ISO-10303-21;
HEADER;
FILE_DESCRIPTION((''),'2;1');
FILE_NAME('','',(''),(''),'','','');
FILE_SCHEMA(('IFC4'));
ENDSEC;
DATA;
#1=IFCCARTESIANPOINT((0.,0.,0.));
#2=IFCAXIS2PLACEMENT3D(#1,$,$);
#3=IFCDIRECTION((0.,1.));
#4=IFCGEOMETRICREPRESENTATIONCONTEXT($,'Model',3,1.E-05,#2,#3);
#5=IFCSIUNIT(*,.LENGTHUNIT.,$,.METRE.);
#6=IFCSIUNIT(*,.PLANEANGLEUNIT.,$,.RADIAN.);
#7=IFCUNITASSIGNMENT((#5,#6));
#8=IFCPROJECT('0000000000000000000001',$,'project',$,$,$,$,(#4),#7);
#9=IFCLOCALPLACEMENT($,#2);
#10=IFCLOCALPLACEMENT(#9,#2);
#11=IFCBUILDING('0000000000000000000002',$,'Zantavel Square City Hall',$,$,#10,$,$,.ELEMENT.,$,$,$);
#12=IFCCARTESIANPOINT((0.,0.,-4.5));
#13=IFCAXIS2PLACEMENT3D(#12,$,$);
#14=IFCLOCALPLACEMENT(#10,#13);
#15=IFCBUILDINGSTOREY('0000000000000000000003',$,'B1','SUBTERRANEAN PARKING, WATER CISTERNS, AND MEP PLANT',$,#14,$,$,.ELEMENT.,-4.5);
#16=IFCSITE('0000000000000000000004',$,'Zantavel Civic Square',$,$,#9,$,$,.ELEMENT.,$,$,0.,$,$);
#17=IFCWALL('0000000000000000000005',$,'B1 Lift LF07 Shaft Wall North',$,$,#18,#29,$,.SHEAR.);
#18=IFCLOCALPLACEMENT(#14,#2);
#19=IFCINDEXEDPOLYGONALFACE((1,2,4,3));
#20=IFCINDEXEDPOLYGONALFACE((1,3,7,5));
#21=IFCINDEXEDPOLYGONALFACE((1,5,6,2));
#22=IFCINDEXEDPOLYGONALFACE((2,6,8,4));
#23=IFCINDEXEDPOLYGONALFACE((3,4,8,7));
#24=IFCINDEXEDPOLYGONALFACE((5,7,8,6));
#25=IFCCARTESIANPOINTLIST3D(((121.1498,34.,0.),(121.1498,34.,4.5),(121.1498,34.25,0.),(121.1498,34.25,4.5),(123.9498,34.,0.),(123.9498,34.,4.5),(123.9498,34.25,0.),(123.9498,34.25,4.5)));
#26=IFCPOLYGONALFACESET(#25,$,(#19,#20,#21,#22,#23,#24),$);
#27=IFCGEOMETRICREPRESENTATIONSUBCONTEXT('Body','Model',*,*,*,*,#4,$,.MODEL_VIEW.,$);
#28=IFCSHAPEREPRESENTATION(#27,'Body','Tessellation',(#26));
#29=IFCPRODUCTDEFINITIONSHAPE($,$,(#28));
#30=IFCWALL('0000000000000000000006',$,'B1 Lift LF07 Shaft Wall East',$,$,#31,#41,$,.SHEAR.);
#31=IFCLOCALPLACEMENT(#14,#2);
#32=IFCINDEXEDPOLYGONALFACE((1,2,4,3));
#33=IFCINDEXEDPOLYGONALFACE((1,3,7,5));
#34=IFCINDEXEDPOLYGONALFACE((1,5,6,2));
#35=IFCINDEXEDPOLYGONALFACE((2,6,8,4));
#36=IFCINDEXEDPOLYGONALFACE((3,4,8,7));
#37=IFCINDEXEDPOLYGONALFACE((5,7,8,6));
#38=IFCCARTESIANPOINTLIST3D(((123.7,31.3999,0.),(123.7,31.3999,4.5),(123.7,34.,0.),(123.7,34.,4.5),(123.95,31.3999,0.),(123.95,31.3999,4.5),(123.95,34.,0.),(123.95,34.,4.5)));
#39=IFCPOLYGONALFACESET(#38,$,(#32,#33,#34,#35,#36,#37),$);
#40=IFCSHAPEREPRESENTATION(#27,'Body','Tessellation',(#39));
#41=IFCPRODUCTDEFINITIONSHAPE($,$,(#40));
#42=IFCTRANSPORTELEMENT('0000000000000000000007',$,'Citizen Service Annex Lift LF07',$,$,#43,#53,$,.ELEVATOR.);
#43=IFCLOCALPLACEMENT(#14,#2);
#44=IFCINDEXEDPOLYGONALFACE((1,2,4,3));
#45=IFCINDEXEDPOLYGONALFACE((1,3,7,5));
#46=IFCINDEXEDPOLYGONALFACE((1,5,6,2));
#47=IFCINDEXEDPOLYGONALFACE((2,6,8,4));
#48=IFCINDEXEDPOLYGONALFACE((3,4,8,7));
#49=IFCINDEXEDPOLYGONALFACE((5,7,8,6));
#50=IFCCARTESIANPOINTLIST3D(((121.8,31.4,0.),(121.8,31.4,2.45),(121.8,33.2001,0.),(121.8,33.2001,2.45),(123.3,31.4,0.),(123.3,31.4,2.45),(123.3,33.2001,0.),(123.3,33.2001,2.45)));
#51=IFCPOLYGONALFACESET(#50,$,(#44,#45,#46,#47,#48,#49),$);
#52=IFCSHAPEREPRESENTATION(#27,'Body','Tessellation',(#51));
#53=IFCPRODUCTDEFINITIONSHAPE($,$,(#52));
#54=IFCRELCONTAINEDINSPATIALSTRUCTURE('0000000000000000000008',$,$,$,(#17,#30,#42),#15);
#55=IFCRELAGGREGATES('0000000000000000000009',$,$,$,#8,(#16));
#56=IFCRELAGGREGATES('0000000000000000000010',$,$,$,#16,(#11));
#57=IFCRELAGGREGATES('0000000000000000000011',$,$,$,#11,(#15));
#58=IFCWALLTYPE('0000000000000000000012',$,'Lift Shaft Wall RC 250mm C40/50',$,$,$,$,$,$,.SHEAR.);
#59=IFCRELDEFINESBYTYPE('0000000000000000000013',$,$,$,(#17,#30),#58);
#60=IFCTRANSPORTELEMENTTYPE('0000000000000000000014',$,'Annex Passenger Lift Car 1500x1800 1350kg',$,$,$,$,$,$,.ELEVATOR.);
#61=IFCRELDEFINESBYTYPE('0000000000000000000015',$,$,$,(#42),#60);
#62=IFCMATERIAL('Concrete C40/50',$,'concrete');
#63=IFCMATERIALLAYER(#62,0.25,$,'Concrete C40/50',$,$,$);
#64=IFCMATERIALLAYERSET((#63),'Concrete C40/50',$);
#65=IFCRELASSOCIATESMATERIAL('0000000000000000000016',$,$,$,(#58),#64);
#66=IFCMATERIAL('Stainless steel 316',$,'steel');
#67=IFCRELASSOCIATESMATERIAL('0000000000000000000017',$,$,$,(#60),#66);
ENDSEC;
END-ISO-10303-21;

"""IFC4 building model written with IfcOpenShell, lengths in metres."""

from ifc_helpers import new_model, si_unit, direction, frame, frame_2d, origin, origin_2d, place, context, subcontext, project, spatial, rectangle, extrude, material, layer, layer_set, type_object, element, save


model = new_model("IFC4")

# Units and contexts
model_context = context("Model", 3, precision=1e-05, world=origin(), true_north=direction((0.0, 1.0)))
body_context = subcontext(model_context, "Body", "Model", "MODEL_VIEW")
ifc_project = project(units=[si_unit("LENGTHUNIT", "METRE"), si_unit("PLANEANGLEUNIT", "RADIAN")], contexts=[model_context])

# Site, building, storey
site_placement = place(None, origin())
site = spatial("IfcSite", under=ifc_project, at=site_placement, Name="Zantavel Civic Square", CompositionType="ELEMENT", RefElevation=0.0)
building_placement = place(site_placement, origin())
building = spatial("IfcBuilding", under=site, at=building_placement, Name="Zantavel Square City Hall", CompositionType="ELEMENT")
storey_placement = place(building_placement, frame((0.0, 0.0, -4.5)))
storey = spatial("IfcBuildingStorey", under=building, at=storey_placement, Name="B1", Description="SUBTERRANEAN PARKING, WATER CISTERNS, AND MEP PLANT", CompositionType="ELEMENT", Elevation=-4.5)

# Shared definitions
ifc_material_1 = material(Name="Concrete C40/50", Category="concrete")

# Walls
ifc_layer_1 = layer(ifc_material_1, 0.25, Name="Concrete C40/50")
ifc_layer_set_1 = layer_set([ifc_layer_1], Name="Concrete C40/50")
wall_type_1 = type_object("IfcWallType", Name="Lift Shaft Wall RC 250mm C40/50", PredefinedType="SHEAR", material=ifc_layer_set_1)
wall_1_placement = place(storey_placement, frame((121.1499, 34.125, 0.0), z_axis=(0.0, 0.0, 1.0), x_axis=(1.0, 0.0, 0.0)))
element("IfcWall", 1, at=wall_1_placement, inside=storey, type_object=wall_type_1, Name="B1 Lift LF07 Shaft Wall North", PredefinedType="SHEAR", context=body_context, shape_type="SweptSolid", body=[
    extrude(rectangle(XDim=2.8, YDim=0.25, at=frame_2d((1.3999, 0.0))), origin(), (0.0, 0.0, 1.0), 4.5),
])
wall_2_placement = place(storey_placement, frame((123.825, 34.0, 0.0), z_axis=(0.0, 0.0, 1.0), x_axis=(0.0, -1.0, 0.0)))
element("IfcWall", 2, at=wall_2_placement, inside=storey, type_object=wall_type_1, Name="B1 Lift LF07 Shaft Wall East", PredefinedType="SHEAR", context=body_context, shape_type="SweptSolid", body=[
    extrude(rectangle(XDim=2.6001, YDim=0.25, at=frame_2d((1.3, 0.0))), origin(), (0.0, 0.0, 1.0), 4.5),
])

# Transport element
ifc_material_2 = material(Name="Stainless steel 316", Category="steel")
transport_element_type = type_object("IfcTransportElementType", Name="Annex Passenger Lift Car 1500x1800 1350kg", PredefinedType="ELEVATOR", material=ifc_material_2)
transport_element_placement = place(storey_placement, frame((122.55, 32.3, 0.0), z_axis=(0.0, 0.0, 1.0), x_axis=(1.0, 0.0, 0.0)))
element("IfcTransportElement", 3, at=transport_element_placement, inside=storey, type_object=transport_element_type, Name="Citizen Service Annex Lift LF07", PredefinedType="ELEVATOR", context=body_context, shape_type="SweptSolid", body=[
    extrude(rectangle(XDim=1.5, YDim=1.8, at=origin_2d()), origin(), (0.0, 0.0, 1.0), 2.45),
])

save(model, "model.ifc")
